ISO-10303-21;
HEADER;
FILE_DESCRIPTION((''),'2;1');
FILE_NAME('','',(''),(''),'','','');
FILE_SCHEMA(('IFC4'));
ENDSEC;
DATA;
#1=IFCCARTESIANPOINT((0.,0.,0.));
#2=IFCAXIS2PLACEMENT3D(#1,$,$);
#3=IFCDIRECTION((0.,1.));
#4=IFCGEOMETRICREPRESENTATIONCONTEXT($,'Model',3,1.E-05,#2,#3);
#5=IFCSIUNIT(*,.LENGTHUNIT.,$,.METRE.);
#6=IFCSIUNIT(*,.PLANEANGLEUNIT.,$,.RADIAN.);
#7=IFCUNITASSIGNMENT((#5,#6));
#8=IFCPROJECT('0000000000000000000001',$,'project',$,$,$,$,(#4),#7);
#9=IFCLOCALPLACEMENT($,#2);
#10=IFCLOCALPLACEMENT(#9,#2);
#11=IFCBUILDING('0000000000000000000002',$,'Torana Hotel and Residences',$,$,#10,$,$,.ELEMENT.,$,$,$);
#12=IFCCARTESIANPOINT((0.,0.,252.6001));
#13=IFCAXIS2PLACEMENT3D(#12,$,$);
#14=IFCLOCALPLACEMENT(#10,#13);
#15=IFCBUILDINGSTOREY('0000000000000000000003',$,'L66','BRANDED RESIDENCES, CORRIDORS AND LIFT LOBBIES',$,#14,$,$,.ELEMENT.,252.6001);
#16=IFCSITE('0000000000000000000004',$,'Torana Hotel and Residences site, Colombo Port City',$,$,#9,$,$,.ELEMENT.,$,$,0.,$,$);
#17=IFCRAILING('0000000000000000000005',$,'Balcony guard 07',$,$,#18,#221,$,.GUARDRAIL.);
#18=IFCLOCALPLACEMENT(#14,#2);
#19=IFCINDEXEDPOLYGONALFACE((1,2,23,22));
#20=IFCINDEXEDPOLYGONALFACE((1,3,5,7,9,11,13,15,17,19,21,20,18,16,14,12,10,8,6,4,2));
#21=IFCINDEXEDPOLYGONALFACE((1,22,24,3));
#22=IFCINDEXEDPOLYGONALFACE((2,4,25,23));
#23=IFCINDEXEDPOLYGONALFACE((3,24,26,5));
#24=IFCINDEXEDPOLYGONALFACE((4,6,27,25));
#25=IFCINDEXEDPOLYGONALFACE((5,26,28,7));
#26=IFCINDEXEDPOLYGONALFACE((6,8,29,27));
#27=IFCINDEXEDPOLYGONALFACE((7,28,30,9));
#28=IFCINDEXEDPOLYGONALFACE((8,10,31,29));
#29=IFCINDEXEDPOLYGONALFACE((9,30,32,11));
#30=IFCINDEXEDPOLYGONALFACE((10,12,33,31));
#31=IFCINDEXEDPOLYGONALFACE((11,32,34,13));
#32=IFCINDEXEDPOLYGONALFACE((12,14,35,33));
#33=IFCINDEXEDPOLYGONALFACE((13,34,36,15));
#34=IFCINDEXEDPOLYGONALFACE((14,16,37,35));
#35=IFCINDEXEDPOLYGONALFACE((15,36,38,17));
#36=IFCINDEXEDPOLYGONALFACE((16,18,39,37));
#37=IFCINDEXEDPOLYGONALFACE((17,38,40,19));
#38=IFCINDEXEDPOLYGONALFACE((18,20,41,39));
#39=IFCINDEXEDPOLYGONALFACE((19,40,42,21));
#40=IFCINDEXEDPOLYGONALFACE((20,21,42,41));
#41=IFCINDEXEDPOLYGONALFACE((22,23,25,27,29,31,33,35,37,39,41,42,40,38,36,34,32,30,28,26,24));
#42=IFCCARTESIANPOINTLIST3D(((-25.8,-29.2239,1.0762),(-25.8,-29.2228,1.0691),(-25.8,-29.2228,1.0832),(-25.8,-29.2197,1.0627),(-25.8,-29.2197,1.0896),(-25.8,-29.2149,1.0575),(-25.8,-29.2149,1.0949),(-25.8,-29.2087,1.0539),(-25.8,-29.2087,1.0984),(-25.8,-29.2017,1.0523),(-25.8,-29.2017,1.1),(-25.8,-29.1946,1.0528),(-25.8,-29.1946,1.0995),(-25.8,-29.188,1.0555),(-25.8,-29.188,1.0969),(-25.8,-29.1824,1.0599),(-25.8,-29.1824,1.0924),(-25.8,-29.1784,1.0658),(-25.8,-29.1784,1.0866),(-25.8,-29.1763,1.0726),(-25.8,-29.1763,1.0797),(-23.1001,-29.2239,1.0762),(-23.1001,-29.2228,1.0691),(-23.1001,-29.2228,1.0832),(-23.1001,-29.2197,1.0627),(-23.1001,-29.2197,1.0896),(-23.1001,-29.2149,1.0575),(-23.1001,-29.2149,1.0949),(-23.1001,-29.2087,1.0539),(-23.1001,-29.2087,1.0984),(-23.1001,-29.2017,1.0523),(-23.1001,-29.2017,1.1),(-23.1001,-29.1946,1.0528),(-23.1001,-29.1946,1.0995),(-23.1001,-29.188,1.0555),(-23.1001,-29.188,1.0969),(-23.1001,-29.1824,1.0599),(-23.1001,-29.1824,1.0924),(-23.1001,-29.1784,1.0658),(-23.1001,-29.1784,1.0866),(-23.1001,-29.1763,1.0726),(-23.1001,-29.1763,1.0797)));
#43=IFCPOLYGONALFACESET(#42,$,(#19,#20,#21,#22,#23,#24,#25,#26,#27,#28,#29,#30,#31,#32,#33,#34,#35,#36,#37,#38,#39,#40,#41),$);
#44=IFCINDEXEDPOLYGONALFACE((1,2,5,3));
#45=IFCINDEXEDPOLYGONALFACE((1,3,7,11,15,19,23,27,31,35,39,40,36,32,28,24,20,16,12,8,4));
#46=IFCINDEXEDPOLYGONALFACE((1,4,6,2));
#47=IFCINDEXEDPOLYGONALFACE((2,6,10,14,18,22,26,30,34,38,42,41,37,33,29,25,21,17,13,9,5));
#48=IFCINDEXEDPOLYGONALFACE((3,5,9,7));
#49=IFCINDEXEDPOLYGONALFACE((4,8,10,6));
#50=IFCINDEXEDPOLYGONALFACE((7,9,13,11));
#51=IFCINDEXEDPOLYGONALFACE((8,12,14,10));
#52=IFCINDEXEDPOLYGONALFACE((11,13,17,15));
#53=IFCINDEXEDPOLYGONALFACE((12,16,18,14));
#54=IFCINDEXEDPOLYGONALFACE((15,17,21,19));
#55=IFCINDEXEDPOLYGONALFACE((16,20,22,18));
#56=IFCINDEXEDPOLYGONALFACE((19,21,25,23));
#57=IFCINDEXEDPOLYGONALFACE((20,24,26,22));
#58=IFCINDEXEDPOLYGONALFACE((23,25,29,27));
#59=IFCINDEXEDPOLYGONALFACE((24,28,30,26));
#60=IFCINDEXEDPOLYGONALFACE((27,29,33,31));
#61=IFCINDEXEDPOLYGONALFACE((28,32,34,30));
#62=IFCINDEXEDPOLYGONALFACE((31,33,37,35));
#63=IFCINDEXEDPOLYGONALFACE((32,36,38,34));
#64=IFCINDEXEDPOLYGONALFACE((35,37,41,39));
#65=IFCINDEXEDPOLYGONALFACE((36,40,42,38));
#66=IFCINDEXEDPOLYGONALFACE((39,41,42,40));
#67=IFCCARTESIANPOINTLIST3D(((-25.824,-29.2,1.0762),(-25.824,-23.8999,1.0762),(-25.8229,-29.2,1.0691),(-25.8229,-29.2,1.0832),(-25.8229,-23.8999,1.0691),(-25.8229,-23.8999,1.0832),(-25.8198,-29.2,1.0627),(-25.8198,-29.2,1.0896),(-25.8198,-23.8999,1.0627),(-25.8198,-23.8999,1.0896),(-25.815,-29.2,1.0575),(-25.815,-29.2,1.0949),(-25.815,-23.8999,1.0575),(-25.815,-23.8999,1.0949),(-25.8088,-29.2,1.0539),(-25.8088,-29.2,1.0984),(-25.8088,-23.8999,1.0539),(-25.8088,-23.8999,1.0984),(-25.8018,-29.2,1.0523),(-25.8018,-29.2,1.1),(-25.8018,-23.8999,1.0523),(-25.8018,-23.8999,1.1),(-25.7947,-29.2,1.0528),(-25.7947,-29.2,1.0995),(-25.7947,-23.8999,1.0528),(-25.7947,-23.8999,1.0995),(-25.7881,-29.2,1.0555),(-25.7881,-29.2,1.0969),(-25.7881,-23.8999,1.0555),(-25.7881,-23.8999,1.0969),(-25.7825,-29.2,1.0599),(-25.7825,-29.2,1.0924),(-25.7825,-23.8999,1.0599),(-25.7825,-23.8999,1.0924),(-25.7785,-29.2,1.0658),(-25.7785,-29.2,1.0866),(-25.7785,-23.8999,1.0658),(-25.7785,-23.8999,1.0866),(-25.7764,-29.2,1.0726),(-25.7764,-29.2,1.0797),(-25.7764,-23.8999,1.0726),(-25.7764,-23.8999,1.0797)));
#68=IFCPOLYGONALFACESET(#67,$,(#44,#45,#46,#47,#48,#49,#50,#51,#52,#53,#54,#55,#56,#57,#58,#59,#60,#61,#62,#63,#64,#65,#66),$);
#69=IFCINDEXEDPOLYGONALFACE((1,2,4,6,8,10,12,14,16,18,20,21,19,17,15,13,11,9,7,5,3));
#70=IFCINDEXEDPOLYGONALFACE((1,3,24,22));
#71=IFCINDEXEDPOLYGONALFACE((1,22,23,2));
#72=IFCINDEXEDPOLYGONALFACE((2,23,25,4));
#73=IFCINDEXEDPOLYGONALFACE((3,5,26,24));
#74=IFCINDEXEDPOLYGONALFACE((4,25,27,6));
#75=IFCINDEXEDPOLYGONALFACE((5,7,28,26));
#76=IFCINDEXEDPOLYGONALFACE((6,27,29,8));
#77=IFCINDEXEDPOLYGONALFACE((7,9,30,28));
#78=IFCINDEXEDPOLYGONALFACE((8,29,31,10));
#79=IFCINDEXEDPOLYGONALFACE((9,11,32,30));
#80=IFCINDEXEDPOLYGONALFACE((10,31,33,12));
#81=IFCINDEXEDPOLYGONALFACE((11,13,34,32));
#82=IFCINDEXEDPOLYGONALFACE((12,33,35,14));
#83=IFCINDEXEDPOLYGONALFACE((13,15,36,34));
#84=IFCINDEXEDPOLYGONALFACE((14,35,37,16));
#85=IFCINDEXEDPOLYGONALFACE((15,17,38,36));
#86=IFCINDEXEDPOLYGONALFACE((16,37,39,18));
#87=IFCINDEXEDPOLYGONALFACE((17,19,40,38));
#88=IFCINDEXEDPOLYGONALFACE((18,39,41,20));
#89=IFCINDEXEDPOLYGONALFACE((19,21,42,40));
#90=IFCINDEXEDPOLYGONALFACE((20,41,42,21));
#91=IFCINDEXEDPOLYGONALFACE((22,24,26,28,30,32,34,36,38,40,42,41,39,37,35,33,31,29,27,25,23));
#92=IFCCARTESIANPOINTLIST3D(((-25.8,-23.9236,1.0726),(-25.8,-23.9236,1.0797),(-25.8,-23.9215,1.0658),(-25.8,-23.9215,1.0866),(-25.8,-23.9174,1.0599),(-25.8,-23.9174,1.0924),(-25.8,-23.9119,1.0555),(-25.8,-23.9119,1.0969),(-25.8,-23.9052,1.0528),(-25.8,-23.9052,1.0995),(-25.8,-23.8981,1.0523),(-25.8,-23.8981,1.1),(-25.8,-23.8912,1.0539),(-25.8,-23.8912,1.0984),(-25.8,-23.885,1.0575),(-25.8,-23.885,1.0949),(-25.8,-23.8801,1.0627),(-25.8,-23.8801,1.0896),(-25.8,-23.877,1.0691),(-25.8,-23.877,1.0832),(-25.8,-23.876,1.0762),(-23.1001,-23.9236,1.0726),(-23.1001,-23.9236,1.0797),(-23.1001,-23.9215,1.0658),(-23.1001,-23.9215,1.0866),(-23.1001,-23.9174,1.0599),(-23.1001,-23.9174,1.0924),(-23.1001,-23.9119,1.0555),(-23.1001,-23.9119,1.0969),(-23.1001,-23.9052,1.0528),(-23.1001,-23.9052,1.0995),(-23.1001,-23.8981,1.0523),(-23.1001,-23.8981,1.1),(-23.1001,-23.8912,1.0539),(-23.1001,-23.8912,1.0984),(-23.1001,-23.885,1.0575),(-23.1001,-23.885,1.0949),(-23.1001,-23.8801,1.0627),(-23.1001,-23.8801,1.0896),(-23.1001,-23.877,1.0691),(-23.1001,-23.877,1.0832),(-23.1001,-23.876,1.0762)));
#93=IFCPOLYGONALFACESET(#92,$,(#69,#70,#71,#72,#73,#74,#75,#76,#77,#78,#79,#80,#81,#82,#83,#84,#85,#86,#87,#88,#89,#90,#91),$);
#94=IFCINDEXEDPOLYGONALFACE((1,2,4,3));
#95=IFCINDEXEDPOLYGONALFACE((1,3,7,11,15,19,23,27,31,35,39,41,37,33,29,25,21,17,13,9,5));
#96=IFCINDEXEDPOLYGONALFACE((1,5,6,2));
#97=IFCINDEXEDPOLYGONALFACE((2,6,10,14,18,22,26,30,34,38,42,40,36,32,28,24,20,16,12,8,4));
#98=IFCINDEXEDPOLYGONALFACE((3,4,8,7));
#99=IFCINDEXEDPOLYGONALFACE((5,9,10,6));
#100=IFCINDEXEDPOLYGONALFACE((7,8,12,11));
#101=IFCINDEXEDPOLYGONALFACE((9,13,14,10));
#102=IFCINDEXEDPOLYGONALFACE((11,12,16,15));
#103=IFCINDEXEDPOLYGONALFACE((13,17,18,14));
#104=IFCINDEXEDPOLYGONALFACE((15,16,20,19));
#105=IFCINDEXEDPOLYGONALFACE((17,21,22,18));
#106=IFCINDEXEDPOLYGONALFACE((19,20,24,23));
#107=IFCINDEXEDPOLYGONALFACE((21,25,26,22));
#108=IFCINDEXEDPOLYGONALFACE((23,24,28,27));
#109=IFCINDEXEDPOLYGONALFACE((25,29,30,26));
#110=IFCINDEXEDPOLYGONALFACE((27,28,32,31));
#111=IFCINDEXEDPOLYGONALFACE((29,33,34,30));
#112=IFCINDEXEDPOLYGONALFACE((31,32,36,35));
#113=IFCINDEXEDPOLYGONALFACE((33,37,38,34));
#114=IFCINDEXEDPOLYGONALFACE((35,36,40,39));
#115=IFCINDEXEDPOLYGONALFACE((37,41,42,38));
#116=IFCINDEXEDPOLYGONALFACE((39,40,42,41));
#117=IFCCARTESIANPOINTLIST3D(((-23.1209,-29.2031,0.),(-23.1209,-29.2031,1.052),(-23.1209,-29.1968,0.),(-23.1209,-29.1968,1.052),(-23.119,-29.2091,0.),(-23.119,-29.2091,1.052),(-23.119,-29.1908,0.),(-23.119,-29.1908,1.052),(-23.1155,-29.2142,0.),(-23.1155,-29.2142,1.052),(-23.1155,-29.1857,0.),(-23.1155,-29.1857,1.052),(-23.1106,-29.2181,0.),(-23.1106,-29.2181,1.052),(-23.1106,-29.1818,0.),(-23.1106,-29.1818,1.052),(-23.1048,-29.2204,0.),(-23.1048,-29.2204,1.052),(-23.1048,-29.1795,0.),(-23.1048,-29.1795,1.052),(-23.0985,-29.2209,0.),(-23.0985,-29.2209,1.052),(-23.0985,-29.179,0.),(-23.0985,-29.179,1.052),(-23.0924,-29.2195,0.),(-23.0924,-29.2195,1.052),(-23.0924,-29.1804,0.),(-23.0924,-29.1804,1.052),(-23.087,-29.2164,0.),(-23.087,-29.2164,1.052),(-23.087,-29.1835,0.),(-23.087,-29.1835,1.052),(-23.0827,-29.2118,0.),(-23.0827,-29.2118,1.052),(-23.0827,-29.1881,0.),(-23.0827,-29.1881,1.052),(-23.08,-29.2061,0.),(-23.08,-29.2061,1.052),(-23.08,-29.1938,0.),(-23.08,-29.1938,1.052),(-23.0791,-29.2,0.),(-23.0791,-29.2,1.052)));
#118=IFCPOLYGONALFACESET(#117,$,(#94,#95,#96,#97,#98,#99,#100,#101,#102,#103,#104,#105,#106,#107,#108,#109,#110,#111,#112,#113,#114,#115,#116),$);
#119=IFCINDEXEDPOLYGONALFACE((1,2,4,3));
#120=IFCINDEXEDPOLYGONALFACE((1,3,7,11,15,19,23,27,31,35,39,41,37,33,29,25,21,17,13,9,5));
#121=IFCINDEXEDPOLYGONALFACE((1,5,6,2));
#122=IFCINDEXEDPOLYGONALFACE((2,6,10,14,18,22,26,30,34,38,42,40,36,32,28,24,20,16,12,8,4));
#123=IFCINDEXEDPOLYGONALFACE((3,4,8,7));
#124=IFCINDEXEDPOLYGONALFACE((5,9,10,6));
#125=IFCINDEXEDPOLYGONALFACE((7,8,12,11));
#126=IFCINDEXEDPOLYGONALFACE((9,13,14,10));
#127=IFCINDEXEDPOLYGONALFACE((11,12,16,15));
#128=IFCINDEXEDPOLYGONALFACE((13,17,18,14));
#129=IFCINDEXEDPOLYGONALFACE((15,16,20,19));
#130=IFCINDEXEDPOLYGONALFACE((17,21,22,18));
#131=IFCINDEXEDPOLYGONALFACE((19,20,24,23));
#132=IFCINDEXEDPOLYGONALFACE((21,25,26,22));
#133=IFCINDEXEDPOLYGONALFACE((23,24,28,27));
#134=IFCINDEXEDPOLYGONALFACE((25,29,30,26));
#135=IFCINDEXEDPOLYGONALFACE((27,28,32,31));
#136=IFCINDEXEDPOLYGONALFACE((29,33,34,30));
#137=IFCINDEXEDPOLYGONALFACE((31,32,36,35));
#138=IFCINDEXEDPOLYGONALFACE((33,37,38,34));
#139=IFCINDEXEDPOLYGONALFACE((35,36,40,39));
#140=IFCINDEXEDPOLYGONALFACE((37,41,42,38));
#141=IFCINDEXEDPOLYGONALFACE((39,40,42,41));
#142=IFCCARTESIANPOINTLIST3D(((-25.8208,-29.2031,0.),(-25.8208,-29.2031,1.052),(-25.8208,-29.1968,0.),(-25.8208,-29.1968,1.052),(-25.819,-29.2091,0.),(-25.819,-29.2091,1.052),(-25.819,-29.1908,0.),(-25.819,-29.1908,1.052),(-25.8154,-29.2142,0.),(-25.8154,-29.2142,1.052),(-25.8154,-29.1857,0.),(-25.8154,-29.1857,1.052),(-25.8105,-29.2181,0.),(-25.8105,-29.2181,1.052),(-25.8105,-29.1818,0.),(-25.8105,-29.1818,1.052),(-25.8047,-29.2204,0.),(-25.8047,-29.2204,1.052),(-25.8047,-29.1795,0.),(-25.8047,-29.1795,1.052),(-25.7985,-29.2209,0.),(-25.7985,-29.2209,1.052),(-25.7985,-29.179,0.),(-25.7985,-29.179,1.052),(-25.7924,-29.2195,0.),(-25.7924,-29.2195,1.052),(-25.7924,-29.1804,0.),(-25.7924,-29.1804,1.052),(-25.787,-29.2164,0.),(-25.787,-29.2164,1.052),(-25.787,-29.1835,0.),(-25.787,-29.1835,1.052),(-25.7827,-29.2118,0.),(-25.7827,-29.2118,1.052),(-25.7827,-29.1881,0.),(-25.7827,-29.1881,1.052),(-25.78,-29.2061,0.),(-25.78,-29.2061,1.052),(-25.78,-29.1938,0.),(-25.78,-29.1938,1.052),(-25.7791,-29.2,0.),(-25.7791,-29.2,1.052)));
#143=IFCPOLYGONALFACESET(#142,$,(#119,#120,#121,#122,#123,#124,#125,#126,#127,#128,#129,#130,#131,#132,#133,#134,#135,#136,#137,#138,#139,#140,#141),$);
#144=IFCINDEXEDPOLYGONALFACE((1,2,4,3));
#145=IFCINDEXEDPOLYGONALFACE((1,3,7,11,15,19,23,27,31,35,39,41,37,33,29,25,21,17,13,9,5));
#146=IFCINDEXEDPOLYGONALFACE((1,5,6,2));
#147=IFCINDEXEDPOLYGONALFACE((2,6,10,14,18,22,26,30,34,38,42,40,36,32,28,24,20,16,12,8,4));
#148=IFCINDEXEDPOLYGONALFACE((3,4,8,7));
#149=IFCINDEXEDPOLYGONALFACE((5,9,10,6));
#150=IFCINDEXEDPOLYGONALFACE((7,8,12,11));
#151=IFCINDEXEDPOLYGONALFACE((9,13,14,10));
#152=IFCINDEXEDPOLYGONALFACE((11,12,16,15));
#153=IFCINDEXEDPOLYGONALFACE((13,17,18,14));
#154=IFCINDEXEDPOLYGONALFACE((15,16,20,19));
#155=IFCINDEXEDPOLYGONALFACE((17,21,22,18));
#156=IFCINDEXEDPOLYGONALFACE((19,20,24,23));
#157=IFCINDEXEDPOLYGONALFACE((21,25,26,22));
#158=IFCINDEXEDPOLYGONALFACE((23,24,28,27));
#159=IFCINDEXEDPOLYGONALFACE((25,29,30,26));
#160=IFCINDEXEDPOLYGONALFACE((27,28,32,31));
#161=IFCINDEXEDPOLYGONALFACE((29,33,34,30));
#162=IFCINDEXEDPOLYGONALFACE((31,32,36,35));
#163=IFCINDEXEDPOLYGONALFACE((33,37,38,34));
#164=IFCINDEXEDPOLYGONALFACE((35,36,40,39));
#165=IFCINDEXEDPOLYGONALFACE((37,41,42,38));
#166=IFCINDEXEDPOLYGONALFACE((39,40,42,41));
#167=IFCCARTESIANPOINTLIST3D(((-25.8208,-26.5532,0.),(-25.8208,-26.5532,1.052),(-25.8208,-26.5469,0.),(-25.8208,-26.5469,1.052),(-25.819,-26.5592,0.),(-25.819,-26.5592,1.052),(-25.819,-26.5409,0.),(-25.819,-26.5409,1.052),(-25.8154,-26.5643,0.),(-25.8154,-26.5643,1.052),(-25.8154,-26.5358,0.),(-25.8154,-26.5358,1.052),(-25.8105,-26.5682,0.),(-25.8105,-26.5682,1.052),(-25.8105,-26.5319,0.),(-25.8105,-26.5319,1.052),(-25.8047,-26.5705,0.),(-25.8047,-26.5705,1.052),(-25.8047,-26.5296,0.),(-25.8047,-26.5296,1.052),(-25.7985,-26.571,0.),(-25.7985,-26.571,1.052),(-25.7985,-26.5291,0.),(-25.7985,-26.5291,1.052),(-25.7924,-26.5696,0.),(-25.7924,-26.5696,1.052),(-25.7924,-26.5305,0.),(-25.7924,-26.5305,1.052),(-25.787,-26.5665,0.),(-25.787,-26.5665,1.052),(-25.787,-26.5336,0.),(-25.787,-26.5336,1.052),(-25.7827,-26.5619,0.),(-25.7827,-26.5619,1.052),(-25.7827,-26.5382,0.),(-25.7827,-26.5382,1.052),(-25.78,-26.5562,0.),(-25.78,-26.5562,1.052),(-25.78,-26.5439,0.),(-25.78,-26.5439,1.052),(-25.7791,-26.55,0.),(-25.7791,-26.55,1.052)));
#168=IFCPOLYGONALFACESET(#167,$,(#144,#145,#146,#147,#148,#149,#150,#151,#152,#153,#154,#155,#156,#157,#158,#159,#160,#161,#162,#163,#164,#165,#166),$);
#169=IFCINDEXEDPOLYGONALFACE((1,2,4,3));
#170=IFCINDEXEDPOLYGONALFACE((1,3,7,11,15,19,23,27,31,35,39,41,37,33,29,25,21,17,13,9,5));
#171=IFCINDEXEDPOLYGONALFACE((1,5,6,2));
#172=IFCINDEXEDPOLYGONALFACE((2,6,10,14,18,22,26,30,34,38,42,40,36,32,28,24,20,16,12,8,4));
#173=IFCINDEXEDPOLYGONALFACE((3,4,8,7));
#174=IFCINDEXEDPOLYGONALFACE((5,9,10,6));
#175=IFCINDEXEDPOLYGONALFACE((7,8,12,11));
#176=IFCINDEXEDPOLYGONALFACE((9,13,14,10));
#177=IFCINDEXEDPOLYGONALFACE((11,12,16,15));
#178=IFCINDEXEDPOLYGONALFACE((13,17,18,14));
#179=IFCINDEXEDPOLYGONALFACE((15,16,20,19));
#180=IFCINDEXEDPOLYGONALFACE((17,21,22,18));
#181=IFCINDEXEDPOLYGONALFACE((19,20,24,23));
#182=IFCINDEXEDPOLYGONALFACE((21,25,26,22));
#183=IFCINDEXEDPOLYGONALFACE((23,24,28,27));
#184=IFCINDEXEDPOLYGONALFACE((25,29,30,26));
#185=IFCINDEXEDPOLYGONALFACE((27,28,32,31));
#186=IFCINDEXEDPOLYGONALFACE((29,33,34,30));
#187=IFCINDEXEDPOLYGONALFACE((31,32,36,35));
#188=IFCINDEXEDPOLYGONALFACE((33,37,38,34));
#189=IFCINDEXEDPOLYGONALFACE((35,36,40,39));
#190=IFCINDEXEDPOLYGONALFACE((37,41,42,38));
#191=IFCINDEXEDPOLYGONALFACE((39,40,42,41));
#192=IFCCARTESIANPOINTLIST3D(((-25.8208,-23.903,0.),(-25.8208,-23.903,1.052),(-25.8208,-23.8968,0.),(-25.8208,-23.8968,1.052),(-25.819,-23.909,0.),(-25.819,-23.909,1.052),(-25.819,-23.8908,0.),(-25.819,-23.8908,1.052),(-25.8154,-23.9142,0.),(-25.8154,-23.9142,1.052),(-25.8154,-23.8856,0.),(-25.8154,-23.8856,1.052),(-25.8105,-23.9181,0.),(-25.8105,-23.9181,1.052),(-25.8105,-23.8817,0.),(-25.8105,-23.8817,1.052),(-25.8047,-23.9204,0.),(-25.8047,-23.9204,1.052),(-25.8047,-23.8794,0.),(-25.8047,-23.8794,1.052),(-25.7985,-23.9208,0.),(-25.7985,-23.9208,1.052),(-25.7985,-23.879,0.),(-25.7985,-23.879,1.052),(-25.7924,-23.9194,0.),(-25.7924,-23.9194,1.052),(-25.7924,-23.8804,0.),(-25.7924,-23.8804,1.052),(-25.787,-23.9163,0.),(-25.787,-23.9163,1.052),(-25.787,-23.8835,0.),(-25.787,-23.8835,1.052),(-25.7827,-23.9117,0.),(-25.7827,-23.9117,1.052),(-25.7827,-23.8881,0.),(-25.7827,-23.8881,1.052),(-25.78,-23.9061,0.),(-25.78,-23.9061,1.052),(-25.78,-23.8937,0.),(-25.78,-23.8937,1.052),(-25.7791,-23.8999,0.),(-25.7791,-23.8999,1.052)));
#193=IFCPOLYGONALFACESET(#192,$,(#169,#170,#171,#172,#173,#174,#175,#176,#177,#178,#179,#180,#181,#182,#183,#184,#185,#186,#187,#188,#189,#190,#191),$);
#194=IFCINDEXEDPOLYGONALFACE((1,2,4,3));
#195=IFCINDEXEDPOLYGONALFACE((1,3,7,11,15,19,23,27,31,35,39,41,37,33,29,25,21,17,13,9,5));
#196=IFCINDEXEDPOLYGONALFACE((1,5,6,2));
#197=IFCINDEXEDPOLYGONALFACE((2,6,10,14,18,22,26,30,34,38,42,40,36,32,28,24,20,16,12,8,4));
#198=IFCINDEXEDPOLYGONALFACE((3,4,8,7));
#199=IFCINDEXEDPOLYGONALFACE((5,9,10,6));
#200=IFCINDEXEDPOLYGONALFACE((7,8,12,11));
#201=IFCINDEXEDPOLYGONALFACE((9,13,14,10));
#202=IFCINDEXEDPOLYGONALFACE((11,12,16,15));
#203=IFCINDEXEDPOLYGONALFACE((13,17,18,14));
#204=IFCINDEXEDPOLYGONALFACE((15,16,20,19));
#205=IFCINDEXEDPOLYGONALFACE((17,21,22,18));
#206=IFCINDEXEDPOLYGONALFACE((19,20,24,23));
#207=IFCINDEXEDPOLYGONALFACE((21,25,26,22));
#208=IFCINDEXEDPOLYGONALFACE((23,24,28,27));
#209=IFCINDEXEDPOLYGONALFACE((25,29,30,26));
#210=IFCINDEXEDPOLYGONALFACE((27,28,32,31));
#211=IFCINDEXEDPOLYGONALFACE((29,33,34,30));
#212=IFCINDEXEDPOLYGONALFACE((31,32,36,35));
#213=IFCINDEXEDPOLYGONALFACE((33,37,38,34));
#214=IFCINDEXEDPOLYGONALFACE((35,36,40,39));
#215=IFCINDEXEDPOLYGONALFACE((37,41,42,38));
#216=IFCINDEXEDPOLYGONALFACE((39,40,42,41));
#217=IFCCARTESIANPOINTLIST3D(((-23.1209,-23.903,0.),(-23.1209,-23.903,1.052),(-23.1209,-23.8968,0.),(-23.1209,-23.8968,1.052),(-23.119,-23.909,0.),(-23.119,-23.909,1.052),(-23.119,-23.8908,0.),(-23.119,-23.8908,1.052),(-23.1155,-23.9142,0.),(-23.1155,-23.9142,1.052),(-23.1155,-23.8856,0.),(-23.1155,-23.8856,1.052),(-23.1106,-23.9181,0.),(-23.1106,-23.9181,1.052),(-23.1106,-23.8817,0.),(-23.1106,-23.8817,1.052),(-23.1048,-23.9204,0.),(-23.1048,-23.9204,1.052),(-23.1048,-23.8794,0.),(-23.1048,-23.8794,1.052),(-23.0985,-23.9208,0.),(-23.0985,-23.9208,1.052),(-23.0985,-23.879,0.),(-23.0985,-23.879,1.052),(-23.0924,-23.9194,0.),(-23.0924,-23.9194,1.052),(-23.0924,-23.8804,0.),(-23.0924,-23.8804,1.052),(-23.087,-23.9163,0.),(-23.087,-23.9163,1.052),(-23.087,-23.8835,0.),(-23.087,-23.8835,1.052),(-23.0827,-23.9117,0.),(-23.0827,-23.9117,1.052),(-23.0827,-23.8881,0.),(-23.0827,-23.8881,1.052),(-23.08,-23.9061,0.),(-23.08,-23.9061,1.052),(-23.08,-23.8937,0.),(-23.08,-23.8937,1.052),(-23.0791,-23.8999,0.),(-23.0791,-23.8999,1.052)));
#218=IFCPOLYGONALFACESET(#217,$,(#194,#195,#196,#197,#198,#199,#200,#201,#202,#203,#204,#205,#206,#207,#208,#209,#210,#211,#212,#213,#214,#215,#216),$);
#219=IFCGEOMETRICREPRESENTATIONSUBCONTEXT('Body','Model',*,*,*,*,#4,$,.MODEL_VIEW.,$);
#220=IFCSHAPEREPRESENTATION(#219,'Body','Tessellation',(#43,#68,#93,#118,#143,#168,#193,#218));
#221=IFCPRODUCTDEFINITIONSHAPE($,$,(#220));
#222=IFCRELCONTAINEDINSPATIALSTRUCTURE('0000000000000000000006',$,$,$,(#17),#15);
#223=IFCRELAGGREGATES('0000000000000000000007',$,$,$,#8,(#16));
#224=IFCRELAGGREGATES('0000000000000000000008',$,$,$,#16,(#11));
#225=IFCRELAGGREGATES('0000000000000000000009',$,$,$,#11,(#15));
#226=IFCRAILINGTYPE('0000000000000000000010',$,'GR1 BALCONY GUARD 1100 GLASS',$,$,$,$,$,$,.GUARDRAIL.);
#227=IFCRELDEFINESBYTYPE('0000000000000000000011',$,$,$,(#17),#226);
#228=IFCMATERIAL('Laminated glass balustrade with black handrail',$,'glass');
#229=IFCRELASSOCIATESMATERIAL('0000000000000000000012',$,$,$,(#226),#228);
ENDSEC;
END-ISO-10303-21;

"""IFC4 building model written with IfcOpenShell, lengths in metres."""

from ifc_helpers import new_model, si_unit, direction, frame, origin, origin_2d, place, context, subcontext, project, spatial, circle, extrude, material, type_object, element, save


model = new_model("IFC4")

# Units and contexts
model_context = context("Model", 3, precision=1e-05, world=origin(), true_north=direction((0.0, 1.0)))
body_context = subcontext(model_context, "Body", "Model", "MODEL_VIEW")
ifc_project = project(units=[si_unit("LENGTHUNIT", "METRE"), si_unit("PLANEANGLEUNIT", "RADIAN")], contexts=[model_context])

# Site, building, storey
site_placement = place(None, origin())
site = spatial("IfcSite", under=ifc_project, at=site_placement, Name="Torana Hotel and Residences site, Colombo Port City", CompositionType="ELEMENT", RefElevation=0.0)
building_placement = place(site_placement, origin())
building = spatial("IfcBuilding", under=site, at=building_placement, Name="Torana Hotel and Residences", CompositionType="ELEMENT")
storey_placement = place(building_placement, frame((0.0, 0.0, 252.6001)))
storey = spatial("IfcBuildingStorey", under=building, at=storey_placement, Name="L66", Description="BRANDED RESIDENCES, CORRIDORS AND LIFT LOBBIES", CompositionType="ELEMENT", Elevation=252.6001)

# Railing
ifc_material_1 = material(Name="Laminated glass balustrade with black handrail", Category="glass")
railing_type = type_object("IfcRailingType", Name="GR1 BALCONY GUARD 1100 GLASS", PredefinedType="GUARDRAIL", material=ifc_material_1)
railing_placement = place(storey_placement, frame((-23.1001, -29.2, 0.0)))
element("IfcRailing", 1, at=railing_placement, inside=storey, type_object=railing_type, Name="Balcony guard 07", PredefinedType="GUARDRAIL", context=body_context, shape_type="SweptSolid", body=[
    extrude(circle(Radius=0.0239, at=origin_2d()), frame((0.0, 0.0, 1.0762), z_axis=(-1.0, 0.0, 0.0), x_axis=(0.0, -1.0, 0.0)), (0.0, 0.0, 1.0), 2.7),
    extrude(circle(Radius=0.0239, at=origin_2d()), frame((-2.7, 0.0, 1.0762), z_axis=(0.0, 1.0, 0.0), x_axis=(-1.0, 0.0, 0.0)), (0.0, 0.0, 1.0), 5.3),
    extrude(circle(Radius=0.0239, at=origin_2d()), frame((-2.7, 5.3, 1.0762), z_axis=(1.0, 0.0, 0.0), x_axis=(0.0, 1.0, 0.0)), (0.0, 0.0, 1.0), 2.7),
    extrude(circle(Radius=0.021, at=origin_2d()), origin(), (0.0, 0.0, 1.0), 1.052),
    extrude(circle(Radius=0.021, at=origin_2d()), frame((-2.7, 0.0, 0.0)), (0.0, 0.0, 1.0), 1.052),
    extrude(circle(Radius=0.021, at=origin_2d()), frame((-2.7, 2.6499, 0.0)), (0.0, 0.0, 1.0), 1.052),
    extrude(circle(Radius=0.021, at=origin_2d()), frame((-2.7, 5.3, 0.0)), (0.0, 0.0, 1.0), 1.052),
    extrude(circle(Radius=0.021, at=origin_2d()), frame((0.0, 5.3, 0.0)), (0.0, 0.0, 1.0), 1.052),
])

save(model, "model.ifc")
